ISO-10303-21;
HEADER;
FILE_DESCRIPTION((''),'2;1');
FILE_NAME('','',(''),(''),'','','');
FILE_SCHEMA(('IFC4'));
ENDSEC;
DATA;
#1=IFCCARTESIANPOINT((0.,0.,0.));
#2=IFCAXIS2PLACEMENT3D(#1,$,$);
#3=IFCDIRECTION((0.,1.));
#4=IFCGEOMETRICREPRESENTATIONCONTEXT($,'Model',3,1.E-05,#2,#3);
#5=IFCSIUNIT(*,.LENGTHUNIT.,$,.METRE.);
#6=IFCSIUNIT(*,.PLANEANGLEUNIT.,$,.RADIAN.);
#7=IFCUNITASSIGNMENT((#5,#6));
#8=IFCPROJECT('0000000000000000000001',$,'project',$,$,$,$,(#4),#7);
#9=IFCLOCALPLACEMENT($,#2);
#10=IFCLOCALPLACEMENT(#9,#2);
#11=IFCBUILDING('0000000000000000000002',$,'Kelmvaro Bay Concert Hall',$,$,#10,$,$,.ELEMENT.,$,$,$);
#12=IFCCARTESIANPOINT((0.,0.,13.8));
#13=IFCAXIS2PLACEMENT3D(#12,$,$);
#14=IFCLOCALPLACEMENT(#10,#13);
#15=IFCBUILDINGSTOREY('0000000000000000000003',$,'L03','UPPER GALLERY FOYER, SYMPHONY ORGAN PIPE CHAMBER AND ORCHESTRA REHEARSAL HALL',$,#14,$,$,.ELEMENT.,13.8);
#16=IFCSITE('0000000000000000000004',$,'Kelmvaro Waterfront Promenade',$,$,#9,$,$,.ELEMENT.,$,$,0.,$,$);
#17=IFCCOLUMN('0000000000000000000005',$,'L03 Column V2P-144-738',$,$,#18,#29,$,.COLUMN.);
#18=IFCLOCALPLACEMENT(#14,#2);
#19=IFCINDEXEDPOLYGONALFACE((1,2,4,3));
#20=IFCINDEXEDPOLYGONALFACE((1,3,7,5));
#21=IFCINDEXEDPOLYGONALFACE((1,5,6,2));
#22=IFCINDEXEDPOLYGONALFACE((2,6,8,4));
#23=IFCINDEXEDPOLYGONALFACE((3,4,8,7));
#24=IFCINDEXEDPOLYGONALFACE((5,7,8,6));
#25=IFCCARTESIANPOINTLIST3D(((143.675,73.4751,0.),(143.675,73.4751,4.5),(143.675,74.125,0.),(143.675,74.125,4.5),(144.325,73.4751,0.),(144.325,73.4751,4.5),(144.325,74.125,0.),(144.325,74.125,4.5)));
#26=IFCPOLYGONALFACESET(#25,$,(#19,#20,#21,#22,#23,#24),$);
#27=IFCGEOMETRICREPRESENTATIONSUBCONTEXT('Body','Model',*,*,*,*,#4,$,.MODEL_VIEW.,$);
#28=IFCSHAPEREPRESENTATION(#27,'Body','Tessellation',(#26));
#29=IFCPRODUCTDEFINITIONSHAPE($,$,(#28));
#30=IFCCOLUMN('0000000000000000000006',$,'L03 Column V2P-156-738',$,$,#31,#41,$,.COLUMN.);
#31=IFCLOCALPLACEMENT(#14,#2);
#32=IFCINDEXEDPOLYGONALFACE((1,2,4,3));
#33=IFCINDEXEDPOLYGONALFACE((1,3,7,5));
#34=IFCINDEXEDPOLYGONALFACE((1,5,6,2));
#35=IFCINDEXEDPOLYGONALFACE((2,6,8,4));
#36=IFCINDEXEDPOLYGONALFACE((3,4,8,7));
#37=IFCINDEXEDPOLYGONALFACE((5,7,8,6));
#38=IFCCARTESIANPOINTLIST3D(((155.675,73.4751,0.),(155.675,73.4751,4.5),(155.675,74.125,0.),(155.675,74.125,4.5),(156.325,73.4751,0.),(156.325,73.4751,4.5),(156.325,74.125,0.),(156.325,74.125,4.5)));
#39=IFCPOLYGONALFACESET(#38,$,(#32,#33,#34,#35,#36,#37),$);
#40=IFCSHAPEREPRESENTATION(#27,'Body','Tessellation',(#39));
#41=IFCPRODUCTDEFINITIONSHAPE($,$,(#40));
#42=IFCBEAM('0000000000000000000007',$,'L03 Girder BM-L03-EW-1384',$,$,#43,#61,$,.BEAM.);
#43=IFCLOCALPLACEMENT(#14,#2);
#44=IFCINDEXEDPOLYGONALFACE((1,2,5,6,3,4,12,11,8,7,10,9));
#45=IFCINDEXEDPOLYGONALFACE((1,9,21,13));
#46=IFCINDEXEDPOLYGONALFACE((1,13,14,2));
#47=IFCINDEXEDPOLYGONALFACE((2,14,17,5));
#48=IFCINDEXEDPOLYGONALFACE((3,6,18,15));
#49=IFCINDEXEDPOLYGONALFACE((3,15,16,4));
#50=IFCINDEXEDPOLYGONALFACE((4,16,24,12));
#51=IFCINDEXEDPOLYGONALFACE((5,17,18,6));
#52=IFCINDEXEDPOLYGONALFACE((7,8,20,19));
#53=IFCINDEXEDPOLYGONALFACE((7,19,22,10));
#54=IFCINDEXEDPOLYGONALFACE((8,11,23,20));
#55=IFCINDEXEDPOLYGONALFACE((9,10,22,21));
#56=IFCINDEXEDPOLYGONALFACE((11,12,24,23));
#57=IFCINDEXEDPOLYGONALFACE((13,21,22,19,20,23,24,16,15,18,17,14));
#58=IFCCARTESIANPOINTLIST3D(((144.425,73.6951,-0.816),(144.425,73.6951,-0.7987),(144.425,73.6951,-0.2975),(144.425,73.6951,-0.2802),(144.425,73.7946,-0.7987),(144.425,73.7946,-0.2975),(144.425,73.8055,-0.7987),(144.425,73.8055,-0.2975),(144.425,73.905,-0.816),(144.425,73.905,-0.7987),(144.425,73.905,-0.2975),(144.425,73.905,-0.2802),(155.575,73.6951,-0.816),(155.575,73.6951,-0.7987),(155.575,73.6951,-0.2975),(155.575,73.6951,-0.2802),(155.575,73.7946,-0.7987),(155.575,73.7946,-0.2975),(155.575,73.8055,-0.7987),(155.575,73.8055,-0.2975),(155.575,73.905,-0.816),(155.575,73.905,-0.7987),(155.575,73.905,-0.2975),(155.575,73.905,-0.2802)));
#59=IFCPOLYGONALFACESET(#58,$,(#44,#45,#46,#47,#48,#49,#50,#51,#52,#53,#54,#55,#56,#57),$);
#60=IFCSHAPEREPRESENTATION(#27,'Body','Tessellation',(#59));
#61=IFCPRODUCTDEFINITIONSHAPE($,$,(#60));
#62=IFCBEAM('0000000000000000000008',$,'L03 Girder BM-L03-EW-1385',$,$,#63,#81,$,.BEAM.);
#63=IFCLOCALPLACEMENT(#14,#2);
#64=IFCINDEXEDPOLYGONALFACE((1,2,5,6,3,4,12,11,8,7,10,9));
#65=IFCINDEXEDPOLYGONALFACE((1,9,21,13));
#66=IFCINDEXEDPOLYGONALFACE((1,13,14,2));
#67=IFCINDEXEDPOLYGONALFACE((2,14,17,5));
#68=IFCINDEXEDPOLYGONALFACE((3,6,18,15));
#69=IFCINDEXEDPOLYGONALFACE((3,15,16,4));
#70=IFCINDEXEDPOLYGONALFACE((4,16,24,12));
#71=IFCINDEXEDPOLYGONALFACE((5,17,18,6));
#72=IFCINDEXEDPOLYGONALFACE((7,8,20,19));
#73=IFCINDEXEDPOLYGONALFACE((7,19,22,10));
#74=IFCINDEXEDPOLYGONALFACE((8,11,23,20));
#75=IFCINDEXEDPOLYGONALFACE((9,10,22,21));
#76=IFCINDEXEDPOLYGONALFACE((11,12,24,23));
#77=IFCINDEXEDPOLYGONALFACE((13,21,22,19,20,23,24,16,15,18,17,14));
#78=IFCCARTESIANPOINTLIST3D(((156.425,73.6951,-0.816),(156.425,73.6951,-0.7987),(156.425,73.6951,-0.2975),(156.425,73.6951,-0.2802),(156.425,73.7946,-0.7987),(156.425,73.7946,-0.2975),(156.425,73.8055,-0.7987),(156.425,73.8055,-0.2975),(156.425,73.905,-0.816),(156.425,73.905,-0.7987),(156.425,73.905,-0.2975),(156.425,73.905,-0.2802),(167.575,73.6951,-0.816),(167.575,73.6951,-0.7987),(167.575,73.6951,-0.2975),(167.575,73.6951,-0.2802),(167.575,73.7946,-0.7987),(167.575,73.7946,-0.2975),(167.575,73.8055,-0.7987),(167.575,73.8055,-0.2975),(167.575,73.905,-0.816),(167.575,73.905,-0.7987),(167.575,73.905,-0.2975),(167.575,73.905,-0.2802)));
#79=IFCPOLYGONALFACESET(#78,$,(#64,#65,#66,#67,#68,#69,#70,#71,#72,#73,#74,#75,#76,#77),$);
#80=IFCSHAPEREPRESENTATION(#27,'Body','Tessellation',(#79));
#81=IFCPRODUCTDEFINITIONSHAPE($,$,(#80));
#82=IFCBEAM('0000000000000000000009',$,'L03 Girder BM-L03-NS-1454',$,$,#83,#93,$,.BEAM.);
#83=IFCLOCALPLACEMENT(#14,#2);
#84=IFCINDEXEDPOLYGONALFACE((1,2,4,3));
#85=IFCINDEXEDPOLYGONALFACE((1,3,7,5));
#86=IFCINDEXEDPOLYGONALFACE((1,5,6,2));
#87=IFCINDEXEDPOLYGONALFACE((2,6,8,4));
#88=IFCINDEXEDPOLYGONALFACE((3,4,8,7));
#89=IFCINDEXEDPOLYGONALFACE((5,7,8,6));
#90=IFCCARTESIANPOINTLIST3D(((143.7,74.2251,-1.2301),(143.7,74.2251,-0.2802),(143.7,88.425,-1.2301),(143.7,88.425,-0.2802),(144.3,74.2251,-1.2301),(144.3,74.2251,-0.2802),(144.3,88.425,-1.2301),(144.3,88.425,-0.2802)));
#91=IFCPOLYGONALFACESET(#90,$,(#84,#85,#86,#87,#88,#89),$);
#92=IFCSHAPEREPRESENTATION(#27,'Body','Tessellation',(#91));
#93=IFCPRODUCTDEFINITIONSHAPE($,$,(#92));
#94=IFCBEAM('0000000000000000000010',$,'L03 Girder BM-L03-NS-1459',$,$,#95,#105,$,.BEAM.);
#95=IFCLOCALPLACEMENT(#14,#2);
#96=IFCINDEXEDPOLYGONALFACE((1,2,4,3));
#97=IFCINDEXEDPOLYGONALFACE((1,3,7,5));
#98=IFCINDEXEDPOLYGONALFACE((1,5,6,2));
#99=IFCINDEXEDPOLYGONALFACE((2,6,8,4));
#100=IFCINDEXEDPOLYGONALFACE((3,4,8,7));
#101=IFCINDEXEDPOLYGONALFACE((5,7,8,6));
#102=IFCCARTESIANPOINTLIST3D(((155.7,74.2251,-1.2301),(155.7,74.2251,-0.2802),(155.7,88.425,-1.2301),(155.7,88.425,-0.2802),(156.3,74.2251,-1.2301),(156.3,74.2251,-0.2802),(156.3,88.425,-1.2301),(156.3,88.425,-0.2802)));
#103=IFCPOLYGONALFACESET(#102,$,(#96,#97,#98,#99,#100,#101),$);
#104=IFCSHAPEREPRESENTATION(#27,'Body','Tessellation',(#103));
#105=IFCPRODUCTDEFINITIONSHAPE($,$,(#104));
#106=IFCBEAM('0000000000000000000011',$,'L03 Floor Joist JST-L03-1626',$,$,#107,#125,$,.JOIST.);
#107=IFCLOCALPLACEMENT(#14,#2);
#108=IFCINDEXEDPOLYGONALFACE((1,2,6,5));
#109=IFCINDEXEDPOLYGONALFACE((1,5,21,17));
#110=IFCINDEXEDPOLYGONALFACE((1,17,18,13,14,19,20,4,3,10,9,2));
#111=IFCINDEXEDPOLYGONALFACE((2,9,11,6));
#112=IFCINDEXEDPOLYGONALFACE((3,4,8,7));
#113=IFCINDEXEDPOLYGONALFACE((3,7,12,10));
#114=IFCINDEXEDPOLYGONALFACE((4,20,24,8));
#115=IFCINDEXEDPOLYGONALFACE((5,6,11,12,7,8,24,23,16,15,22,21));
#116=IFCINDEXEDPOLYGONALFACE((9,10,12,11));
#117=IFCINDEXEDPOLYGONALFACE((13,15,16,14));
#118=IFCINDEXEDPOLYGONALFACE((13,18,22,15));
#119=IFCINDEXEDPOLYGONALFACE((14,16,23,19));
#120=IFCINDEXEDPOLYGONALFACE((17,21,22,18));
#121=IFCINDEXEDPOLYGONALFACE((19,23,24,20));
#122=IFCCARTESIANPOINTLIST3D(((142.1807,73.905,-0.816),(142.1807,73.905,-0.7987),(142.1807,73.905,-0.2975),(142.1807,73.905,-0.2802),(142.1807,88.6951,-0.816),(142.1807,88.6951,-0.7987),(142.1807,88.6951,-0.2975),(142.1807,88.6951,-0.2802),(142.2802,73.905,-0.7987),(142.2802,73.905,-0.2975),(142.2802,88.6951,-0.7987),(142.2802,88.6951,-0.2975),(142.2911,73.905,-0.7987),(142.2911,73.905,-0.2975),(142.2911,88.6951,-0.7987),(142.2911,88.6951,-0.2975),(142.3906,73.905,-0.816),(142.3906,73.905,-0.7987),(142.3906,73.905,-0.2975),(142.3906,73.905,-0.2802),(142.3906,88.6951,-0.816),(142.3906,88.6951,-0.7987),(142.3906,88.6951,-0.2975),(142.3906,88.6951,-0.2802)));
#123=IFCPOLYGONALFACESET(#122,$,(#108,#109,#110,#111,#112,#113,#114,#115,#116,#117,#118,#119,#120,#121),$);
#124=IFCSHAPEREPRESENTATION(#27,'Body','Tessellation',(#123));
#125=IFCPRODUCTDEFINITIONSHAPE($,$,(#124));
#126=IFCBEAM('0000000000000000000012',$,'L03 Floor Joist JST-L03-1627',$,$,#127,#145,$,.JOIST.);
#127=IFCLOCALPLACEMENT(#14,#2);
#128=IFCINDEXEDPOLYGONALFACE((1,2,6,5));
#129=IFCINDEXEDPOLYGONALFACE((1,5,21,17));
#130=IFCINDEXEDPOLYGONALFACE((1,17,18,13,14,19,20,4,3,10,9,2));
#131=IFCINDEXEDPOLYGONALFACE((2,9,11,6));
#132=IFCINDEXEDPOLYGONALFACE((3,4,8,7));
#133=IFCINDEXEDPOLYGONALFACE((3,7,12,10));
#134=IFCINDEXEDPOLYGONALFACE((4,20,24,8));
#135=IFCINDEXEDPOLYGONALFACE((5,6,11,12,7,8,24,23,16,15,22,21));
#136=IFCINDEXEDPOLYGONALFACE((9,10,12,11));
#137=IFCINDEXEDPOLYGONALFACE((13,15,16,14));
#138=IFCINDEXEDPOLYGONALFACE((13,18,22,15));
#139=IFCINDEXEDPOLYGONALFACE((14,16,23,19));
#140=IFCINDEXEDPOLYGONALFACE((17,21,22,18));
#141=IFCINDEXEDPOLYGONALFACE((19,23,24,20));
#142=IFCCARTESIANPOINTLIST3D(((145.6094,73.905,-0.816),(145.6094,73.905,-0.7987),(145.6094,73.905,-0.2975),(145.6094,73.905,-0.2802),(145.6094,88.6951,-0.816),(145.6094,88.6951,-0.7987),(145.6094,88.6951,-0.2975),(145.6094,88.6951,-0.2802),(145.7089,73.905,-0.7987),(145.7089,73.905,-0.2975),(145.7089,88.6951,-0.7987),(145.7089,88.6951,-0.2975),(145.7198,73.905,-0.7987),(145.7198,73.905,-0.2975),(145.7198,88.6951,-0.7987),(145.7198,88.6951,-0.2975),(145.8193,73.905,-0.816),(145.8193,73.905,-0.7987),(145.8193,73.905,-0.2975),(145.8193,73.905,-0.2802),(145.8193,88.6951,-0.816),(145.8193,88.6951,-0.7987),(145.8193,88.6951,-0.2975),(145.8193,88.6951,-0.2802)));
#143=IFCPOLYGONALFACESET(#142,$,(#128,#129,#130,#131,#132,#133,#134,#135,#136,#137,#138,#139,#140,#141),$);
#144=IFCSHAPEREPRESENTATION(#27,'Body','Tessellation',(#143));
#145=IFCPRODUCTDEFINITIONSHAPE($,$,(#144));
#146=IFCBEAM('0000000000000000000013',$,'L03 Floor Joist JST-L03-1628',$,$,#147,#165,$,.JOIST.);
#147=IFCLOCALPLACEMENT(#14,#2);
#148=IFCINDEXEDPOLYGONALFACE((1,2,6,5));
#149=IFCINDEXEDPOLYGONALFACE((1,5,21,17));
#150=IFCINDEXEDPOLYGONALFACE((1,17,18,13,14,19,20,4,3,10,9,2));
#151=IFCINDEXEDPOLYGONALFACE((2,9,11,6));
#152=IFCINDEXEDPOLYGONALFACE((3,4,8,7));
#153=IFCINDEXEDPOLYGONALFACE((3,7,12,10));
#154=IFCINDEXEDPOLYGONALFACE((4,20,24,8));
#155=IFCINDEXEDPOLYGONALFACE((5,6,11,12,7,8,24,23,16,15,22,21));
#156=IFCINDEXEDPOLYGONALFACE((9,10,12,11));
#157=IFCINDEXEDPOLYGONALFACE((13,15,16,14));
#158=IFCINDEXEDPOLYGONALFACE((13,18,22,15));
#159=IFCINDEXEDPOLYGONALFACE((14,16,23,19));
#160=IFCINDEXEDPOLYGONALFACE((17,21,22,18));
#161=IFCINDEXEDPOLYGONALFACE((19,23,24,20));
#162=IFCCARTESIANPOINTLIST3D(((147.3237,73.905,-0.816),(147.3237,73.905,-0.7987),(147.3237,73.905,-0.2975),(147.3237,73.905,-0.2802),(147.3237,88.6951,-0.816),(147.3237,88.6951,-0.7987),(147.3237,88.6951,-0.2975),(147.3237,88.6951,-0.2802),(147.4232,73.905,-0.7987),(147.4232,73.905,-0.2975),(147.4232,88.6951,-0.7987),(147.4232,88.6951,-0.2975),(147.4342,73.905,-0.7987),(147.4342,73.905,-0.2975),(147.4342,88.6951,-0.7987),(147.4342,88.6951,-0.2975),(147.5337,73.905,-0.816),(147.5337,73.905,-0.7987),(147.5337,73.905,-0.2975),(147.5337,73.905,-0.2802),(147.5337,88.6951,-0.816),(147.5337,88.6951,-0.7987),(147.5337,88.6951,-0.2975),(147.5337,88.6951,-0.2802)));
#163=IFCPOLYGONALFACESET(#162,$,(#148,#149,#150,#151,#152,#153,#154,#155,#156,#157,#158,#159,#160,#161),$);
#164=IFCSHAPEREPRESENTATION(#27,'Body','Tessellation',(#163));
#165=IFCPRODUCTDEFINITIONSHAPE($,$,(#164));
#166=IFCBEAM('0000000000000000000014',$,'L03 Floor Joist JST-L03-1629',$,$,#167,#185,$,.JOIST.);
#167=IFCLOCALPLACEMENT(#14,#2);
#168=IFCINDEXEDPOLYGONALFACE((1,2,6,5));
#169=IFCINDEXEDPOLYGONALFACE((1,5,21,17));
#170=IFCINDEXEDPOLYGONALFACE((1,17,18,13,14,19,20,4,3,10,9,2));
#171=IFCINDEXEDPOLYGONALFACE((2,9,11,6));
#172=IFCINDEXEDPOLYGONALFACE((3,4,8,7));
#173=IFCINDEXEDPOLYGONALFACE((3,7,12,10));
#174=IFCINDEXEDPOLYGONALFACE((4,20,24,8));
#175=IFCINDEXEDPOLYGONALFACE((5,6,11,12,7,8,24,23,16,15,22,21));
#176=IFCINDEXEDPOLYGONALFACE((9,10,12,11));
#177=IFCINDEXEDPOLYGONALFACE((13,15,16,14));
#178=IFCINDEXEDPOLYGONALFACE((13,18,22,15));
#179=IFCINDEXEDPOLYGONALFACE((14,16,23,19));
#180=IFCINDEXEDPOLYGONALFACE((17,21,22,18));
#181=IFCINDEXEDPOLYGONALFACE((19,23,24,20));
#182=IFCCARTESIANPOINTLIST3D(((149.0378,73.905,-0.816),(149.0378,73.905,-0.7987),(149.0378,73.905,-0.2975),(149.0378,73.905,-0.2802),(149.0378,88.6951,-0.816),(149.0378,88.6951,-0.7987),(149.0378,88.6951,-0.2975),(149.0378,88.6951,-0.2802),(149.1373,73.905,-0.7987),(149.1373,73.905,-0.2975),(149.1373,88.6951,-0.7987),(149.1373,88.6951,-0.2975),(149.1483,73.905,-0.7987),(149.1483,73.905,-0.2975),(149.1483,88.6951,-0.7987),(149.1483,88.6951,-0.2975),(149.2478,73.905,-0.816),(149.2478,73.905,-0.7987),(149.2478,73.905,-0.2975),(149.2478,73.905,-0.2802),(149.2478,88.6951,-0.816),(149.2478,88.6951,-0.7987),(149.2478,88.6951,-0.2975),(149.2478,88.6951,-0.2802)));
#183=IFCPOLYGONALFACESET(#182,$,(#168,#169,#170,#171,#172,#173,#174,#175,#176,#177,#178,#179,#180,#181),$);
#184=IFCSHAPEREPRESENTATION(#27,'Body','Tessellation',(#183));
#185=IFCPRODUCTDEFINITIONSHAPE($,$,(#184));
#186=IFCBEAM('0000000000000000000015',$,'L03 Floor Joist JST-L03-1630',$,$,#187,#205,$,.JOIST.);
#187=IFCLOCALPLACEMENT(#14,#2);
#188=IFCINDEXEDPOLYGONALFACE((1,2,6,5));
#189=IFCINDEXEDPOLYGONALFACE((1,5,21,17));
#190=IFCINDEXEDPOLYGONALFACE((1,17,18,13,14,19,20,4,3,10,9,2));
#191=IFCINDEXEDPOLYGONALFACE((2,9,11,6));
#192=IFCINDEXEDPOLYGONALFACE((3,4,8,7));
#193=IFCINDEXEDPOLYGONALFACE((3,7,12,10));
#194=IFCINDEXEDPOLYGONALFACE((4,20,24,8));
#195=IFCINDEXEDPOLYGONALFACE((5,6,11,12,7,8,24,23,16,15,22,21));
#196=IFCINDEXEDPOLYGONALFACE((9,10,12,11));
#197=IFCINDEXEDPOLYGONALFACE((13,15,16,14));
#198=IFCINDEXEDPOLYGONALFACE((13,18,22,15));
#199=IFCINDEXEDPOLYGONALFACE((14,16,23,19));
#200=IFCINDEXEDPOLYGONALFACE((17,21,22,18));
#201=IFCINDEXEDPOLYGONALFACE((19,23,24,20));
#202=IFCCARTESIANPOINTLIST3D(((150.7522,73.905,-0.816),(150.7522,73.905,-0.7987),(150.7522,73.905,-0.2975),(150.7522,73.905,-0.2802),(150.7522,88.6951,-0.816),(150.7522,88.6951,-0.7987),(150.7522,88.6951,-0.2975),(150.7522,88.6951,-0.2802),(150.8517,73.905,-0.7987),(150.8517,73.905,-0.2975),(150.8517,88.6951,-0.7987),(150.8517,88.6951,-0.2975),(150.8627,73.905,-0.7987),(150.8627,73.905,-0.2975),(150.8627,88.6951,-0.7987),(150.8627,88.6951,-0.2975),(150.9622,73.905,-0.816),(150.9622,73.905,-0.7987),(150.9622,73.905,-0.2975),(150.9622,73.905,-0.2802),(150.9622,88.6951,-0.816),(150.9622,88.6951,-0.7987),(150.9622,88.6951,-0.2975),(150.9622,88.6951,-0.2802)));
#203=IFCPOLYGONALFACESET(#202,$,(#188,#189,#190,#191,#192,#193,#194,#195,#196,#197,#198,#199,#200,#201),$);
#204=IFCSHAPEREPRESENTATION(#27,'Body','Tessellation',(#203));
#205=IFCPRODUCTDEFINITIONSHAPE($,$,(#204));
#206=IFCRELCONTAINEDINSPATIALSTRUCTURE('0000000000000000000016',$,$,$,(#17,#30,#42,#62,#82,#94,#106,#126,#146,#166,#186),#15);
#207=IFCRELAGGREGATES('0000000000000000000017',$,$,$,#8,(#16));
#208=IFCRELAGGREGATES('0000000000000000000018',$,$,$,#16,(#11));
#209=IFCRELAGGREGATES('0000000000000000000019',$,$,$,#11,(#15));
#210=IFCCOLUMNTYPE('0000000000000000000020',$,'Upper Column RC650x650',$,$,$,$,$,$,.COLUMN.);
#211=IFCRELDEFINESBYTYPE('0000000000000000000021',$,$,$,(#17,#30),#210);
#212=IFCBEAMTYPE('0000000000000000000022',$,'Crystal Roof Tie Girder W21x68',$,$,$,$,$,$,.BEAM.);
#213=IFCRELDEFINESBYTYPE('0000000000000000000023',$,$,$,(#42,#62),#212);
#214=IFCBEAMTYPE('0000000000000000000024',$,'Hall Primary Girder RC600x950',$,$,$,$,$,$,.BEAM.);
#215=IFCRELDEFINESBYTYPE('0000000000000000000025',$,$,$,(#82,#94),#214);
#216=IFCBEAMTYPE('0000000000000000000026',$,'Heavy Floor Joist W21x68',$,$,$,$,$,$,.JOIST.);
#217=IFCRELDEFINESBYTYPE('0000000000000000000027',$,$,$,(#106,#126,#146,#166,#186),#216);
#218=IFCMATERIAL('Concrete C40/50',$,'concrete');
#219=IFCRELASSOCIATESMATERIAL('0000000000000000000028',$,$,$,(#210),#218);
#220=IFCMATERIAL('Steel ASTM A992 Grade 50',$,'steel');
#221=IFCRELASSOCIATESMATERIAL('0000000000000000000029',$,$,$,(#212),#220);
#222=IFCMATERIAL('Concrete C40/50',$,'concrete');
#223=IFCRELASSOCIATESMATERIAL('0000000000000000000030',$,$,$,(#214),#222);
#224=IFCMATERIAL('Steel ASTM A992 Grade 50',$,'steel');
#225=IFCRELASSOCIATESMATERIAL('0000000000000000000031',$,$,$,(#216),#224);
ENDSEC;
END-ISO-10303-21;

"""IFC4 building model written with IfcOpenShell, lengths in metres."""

from ifc_helpers import new_model, si_unit, direction, frame, origin, origin_2d, place, context, subcontext, project, spatial, rectangle, i_section, extrude, material, material_profile, profile_set, type_object, element, save


model = new_model("IFC4")

# Units and contexts
model_context = context("Model", 3, precision=1e-05, world=origin(), true_north=direction((0.0, 1.0)))
body_context = subcontext(model_context, "Body", "Model", "MODEL_VIEW")
ifc_project = project(units=[si_unit("LENGTHUNIT", "METRE"), si_unit("PLANEANGLEUNIT", "RADIAN")], contexts=[model_context])

# Site, building, storey
site_placement = place(None, origin())
site = spatial("IfcSite", under=ifc_project, at=site_placement, Name="Kelmvaro Waterfront Promenade", CompositionType="ELEMENT", RefElevation=0.0)
building_placement = place(site_placement, origin())
building = spatial("IfcBuilding", under=site, at=building_placement, Name="Kelmvaro Bay Concert Hall", CompositionType="ELEMENT")
storey_placement = place(building_placement, frame((0.0, 0.0, 13.8)))
storey = spatial("IfcBuildingStorey", under=building, at=storey_placement, Name="L03", Description="UPPER GALLERY FOYER, SYMPHONY ORGAN PIPE CHAMBER AND ORCHESTRA REHEARSAL HALL", CompositionType="ELEMENT", Elevation=13.8)

# Columns
ifc_material_1 = material(Name="Concrete C40/50", Category="concrete")
ifc_material_profile_1 = material_profile(ifc_material_1, rectangle(XDim=0.6499, YDim=0.6499, at=origin_2d()), Name="RC-COL-650X650")
ifc_profile_set_1 = profile_set([ifc_material_profile_1], Name="Concrete C40/50")
column_type = type_object("IfcColumnType", Name="Upper Column RC650x650", PredefinedType="COLUMN", material=ifc_profile_set_1)
for number, where, z_axis, x_axis, name in (
    (1, (144.0, 73.8, 0.0), (0.0, 0.0, 1.0), (1.0, 0.0, 0.0), "L03 Column V2P-144-738"),
    (2, (156.0, 73.8, 0.0), (0.0, 0.0, 1.0), (1.0, 0.0, 0.0), "L03 Column V2P-156-738"),
):
    element("IfcColumn", number, at=place(storey_placement, frame(where, z_axis=z_axis, x_axis=x_axis)), inside=storey, type_object=column_type, Name=name, PredefinedType="COLUMN", context=body_context, shape_type="SweptSolid", body=[
        extrude(rectangle(XDim=0.6499, YDim=0.6499, at=origin_2d()), origin(), (0.0, 0.0, 1.0), 4.5),
    ])

# Beams
ifc_material_2 = material(Name="Steel ASTM A992 Grade 50", Category="steel")
ifc_material_profile_2 = material_profile(ifc_material_2, i_section(OverallWidth=0.21, OverallDepth=0.5359, WebThickness=0.011, FlangeThickness=0.0173, at=origin_2d()), Name="W21X68")
ifc_profile_set_2 = profile_set([ifc_material_profile_2], Name="Steel ASTM A992 Grade 50")
beam_type_1 = type_object("IfcBeamType", Name="Crystal Roof Tie Girder W21x68", PredefinedType="BEAM", material=ifc_profile_set_2)
for number, where, z_axis, x_axis, name in (
    (3, (144.425, 73.8, -0.5481), (1.0, 0.0, 0.0), (0.0, 1.0, 0.0), "L03 Girder BM-L03-EW-1384"),
    (4, (156.425, 73.8, -0.5481), (1.0, 0.0, 0.0), (0.0, 1.0, 0.0), "L03 Girder BM-L03-EW-1385"),
):
    element("IfcBeam", number, at=place(storey_placement, frame(where, z_axis=z_axis, x_axis=x_axis)), inside=storey, type_object=beam_type_1, Name=name, PredefinedType="BEAM", context=body_context, shape_type="SweptSolid", body=[
        extrude(i_section(OverallWidth=0.21, OverallDepth=0.5359, WebThickness=0.011, FlangeThickness=0.0173, at=origin_2d()), origin(), (0.0, 0.0, 1.0), 11.1499),
    ])
ifc_material_3 = material(Name="Concrete C40/50", Category="concrete")
ifc_material_profile_3 = material_profile(ifc_material_3, rectangle(XDim=0.6001, YDim=0.95, at=origin_2d()), Name="RC-BM-600X950")
ifc_profile_set_3 = profile_set([ifc_material_profile_3], Name="Concrete C40/50")
beam_type_2 = type_object("IfcBeamType", Name="Hall Primary Girder RC600x950", PredefinedType="BEAM", material=ifc_profile_set_3)
for number, where, z_axis, x_axis, name in (
    (5, (144.0, 74.2251, -0.7551), (0.0, 1.0, 0.0), (-1.0, 0.0, 0.0), "L03 Girder BM-L03-NS-1454"),
    (6, (156.0, 74.2251, -0.7551), (0.0, 1.0, 0.0), (-1.0, 0.0, 0.0), "L03 Girder BM-L03-NS-1459"),
):
    element("IfcBeam", number, at=place(storey_placement, frame(where, z_axis=z_axis, x_axis=x_axis)), inside=storey, type_object=beam_type_2, Name=name, PredefinedType="BEAM", context=body_context, shape_type="SweptSolid", body=[
        extrude(rectangle(XDim=0.6001, YDim=0.95, at=origin_2d()), origin(), (0.0, 0.0, 1.0), 14.2),
    ])
ifc_material_4 = material(Name="Steel ASTM A992 Grade 50", Category="steel")
ifc_material_profile_4 = material_profile(ifc_material_4, i_section(OverallWidth=0.21, OverallDepth=0.5359, WebThickness=0.011, FlangeThickness=0.0173, at=origin_2d()), Name="W21X68")
ifc_profile_set_4 = profile_set([ifc_material_profile_4], Name="Steel ASTM A992 Grade 50")
beam_type_3 = type_object("IfcBeamType", Name="Heavy Floor Joist W21x68", PredefinedType="JOIST", material=ifc_profile_set_4)
for number, where, z_axis, x_axis, name in (
    (7, (142.2856, 73.905, -0.5481), (0.0, 1.0, 0.0), (-1.0, 0.0, 0.0), "L03 Floor Joist JST-L03-1626"),
    (8, (145.7144, 73.905, -0.5481), (0.0, 1.0, 0.0), (-1.0, 0.0, 0.0), "L03 Floor Joist JST-L03-1627"),
    (9, (147.4287, 73.905, -0.5481), (0.0, 1.0, 0.0), (-1.0, 0.0, 0.0), "L03 Floor Joist JST-L03-1628"),
    (10, (149.1428, 73.905, -0.5481), (0.0, 1.0, 0.0), (-1.0, 0.0, 0.0), "L03 Floor Joist JST-L03-1629"),
    (11, (150.8572, 73.905, -0.5481), (0.0, 1.0, 0.0), (-1.0, 0.0, 0.0), "L03 Floor Joist JST-L03-1630"),
):
    element("IfcBeam", number, at=place(storey_placement, frame(where, z_axis=z_axis, x_axis=x_axis)), inside=storey, type_object=beam_type_3, Name=name, PredefinedType="JOIST", context=body_context, shape_type="SweptSolid", body=[
        extrude(i_section(OverallWidth=0.21, OverallDepth=0.5359, WebThickness=0.011, FlangeThickness=0.0173, at=origin_2d()), origin(), (0.0, 0.0, 1.0), 14.79),
    ])

save(model, "model.ifc")
